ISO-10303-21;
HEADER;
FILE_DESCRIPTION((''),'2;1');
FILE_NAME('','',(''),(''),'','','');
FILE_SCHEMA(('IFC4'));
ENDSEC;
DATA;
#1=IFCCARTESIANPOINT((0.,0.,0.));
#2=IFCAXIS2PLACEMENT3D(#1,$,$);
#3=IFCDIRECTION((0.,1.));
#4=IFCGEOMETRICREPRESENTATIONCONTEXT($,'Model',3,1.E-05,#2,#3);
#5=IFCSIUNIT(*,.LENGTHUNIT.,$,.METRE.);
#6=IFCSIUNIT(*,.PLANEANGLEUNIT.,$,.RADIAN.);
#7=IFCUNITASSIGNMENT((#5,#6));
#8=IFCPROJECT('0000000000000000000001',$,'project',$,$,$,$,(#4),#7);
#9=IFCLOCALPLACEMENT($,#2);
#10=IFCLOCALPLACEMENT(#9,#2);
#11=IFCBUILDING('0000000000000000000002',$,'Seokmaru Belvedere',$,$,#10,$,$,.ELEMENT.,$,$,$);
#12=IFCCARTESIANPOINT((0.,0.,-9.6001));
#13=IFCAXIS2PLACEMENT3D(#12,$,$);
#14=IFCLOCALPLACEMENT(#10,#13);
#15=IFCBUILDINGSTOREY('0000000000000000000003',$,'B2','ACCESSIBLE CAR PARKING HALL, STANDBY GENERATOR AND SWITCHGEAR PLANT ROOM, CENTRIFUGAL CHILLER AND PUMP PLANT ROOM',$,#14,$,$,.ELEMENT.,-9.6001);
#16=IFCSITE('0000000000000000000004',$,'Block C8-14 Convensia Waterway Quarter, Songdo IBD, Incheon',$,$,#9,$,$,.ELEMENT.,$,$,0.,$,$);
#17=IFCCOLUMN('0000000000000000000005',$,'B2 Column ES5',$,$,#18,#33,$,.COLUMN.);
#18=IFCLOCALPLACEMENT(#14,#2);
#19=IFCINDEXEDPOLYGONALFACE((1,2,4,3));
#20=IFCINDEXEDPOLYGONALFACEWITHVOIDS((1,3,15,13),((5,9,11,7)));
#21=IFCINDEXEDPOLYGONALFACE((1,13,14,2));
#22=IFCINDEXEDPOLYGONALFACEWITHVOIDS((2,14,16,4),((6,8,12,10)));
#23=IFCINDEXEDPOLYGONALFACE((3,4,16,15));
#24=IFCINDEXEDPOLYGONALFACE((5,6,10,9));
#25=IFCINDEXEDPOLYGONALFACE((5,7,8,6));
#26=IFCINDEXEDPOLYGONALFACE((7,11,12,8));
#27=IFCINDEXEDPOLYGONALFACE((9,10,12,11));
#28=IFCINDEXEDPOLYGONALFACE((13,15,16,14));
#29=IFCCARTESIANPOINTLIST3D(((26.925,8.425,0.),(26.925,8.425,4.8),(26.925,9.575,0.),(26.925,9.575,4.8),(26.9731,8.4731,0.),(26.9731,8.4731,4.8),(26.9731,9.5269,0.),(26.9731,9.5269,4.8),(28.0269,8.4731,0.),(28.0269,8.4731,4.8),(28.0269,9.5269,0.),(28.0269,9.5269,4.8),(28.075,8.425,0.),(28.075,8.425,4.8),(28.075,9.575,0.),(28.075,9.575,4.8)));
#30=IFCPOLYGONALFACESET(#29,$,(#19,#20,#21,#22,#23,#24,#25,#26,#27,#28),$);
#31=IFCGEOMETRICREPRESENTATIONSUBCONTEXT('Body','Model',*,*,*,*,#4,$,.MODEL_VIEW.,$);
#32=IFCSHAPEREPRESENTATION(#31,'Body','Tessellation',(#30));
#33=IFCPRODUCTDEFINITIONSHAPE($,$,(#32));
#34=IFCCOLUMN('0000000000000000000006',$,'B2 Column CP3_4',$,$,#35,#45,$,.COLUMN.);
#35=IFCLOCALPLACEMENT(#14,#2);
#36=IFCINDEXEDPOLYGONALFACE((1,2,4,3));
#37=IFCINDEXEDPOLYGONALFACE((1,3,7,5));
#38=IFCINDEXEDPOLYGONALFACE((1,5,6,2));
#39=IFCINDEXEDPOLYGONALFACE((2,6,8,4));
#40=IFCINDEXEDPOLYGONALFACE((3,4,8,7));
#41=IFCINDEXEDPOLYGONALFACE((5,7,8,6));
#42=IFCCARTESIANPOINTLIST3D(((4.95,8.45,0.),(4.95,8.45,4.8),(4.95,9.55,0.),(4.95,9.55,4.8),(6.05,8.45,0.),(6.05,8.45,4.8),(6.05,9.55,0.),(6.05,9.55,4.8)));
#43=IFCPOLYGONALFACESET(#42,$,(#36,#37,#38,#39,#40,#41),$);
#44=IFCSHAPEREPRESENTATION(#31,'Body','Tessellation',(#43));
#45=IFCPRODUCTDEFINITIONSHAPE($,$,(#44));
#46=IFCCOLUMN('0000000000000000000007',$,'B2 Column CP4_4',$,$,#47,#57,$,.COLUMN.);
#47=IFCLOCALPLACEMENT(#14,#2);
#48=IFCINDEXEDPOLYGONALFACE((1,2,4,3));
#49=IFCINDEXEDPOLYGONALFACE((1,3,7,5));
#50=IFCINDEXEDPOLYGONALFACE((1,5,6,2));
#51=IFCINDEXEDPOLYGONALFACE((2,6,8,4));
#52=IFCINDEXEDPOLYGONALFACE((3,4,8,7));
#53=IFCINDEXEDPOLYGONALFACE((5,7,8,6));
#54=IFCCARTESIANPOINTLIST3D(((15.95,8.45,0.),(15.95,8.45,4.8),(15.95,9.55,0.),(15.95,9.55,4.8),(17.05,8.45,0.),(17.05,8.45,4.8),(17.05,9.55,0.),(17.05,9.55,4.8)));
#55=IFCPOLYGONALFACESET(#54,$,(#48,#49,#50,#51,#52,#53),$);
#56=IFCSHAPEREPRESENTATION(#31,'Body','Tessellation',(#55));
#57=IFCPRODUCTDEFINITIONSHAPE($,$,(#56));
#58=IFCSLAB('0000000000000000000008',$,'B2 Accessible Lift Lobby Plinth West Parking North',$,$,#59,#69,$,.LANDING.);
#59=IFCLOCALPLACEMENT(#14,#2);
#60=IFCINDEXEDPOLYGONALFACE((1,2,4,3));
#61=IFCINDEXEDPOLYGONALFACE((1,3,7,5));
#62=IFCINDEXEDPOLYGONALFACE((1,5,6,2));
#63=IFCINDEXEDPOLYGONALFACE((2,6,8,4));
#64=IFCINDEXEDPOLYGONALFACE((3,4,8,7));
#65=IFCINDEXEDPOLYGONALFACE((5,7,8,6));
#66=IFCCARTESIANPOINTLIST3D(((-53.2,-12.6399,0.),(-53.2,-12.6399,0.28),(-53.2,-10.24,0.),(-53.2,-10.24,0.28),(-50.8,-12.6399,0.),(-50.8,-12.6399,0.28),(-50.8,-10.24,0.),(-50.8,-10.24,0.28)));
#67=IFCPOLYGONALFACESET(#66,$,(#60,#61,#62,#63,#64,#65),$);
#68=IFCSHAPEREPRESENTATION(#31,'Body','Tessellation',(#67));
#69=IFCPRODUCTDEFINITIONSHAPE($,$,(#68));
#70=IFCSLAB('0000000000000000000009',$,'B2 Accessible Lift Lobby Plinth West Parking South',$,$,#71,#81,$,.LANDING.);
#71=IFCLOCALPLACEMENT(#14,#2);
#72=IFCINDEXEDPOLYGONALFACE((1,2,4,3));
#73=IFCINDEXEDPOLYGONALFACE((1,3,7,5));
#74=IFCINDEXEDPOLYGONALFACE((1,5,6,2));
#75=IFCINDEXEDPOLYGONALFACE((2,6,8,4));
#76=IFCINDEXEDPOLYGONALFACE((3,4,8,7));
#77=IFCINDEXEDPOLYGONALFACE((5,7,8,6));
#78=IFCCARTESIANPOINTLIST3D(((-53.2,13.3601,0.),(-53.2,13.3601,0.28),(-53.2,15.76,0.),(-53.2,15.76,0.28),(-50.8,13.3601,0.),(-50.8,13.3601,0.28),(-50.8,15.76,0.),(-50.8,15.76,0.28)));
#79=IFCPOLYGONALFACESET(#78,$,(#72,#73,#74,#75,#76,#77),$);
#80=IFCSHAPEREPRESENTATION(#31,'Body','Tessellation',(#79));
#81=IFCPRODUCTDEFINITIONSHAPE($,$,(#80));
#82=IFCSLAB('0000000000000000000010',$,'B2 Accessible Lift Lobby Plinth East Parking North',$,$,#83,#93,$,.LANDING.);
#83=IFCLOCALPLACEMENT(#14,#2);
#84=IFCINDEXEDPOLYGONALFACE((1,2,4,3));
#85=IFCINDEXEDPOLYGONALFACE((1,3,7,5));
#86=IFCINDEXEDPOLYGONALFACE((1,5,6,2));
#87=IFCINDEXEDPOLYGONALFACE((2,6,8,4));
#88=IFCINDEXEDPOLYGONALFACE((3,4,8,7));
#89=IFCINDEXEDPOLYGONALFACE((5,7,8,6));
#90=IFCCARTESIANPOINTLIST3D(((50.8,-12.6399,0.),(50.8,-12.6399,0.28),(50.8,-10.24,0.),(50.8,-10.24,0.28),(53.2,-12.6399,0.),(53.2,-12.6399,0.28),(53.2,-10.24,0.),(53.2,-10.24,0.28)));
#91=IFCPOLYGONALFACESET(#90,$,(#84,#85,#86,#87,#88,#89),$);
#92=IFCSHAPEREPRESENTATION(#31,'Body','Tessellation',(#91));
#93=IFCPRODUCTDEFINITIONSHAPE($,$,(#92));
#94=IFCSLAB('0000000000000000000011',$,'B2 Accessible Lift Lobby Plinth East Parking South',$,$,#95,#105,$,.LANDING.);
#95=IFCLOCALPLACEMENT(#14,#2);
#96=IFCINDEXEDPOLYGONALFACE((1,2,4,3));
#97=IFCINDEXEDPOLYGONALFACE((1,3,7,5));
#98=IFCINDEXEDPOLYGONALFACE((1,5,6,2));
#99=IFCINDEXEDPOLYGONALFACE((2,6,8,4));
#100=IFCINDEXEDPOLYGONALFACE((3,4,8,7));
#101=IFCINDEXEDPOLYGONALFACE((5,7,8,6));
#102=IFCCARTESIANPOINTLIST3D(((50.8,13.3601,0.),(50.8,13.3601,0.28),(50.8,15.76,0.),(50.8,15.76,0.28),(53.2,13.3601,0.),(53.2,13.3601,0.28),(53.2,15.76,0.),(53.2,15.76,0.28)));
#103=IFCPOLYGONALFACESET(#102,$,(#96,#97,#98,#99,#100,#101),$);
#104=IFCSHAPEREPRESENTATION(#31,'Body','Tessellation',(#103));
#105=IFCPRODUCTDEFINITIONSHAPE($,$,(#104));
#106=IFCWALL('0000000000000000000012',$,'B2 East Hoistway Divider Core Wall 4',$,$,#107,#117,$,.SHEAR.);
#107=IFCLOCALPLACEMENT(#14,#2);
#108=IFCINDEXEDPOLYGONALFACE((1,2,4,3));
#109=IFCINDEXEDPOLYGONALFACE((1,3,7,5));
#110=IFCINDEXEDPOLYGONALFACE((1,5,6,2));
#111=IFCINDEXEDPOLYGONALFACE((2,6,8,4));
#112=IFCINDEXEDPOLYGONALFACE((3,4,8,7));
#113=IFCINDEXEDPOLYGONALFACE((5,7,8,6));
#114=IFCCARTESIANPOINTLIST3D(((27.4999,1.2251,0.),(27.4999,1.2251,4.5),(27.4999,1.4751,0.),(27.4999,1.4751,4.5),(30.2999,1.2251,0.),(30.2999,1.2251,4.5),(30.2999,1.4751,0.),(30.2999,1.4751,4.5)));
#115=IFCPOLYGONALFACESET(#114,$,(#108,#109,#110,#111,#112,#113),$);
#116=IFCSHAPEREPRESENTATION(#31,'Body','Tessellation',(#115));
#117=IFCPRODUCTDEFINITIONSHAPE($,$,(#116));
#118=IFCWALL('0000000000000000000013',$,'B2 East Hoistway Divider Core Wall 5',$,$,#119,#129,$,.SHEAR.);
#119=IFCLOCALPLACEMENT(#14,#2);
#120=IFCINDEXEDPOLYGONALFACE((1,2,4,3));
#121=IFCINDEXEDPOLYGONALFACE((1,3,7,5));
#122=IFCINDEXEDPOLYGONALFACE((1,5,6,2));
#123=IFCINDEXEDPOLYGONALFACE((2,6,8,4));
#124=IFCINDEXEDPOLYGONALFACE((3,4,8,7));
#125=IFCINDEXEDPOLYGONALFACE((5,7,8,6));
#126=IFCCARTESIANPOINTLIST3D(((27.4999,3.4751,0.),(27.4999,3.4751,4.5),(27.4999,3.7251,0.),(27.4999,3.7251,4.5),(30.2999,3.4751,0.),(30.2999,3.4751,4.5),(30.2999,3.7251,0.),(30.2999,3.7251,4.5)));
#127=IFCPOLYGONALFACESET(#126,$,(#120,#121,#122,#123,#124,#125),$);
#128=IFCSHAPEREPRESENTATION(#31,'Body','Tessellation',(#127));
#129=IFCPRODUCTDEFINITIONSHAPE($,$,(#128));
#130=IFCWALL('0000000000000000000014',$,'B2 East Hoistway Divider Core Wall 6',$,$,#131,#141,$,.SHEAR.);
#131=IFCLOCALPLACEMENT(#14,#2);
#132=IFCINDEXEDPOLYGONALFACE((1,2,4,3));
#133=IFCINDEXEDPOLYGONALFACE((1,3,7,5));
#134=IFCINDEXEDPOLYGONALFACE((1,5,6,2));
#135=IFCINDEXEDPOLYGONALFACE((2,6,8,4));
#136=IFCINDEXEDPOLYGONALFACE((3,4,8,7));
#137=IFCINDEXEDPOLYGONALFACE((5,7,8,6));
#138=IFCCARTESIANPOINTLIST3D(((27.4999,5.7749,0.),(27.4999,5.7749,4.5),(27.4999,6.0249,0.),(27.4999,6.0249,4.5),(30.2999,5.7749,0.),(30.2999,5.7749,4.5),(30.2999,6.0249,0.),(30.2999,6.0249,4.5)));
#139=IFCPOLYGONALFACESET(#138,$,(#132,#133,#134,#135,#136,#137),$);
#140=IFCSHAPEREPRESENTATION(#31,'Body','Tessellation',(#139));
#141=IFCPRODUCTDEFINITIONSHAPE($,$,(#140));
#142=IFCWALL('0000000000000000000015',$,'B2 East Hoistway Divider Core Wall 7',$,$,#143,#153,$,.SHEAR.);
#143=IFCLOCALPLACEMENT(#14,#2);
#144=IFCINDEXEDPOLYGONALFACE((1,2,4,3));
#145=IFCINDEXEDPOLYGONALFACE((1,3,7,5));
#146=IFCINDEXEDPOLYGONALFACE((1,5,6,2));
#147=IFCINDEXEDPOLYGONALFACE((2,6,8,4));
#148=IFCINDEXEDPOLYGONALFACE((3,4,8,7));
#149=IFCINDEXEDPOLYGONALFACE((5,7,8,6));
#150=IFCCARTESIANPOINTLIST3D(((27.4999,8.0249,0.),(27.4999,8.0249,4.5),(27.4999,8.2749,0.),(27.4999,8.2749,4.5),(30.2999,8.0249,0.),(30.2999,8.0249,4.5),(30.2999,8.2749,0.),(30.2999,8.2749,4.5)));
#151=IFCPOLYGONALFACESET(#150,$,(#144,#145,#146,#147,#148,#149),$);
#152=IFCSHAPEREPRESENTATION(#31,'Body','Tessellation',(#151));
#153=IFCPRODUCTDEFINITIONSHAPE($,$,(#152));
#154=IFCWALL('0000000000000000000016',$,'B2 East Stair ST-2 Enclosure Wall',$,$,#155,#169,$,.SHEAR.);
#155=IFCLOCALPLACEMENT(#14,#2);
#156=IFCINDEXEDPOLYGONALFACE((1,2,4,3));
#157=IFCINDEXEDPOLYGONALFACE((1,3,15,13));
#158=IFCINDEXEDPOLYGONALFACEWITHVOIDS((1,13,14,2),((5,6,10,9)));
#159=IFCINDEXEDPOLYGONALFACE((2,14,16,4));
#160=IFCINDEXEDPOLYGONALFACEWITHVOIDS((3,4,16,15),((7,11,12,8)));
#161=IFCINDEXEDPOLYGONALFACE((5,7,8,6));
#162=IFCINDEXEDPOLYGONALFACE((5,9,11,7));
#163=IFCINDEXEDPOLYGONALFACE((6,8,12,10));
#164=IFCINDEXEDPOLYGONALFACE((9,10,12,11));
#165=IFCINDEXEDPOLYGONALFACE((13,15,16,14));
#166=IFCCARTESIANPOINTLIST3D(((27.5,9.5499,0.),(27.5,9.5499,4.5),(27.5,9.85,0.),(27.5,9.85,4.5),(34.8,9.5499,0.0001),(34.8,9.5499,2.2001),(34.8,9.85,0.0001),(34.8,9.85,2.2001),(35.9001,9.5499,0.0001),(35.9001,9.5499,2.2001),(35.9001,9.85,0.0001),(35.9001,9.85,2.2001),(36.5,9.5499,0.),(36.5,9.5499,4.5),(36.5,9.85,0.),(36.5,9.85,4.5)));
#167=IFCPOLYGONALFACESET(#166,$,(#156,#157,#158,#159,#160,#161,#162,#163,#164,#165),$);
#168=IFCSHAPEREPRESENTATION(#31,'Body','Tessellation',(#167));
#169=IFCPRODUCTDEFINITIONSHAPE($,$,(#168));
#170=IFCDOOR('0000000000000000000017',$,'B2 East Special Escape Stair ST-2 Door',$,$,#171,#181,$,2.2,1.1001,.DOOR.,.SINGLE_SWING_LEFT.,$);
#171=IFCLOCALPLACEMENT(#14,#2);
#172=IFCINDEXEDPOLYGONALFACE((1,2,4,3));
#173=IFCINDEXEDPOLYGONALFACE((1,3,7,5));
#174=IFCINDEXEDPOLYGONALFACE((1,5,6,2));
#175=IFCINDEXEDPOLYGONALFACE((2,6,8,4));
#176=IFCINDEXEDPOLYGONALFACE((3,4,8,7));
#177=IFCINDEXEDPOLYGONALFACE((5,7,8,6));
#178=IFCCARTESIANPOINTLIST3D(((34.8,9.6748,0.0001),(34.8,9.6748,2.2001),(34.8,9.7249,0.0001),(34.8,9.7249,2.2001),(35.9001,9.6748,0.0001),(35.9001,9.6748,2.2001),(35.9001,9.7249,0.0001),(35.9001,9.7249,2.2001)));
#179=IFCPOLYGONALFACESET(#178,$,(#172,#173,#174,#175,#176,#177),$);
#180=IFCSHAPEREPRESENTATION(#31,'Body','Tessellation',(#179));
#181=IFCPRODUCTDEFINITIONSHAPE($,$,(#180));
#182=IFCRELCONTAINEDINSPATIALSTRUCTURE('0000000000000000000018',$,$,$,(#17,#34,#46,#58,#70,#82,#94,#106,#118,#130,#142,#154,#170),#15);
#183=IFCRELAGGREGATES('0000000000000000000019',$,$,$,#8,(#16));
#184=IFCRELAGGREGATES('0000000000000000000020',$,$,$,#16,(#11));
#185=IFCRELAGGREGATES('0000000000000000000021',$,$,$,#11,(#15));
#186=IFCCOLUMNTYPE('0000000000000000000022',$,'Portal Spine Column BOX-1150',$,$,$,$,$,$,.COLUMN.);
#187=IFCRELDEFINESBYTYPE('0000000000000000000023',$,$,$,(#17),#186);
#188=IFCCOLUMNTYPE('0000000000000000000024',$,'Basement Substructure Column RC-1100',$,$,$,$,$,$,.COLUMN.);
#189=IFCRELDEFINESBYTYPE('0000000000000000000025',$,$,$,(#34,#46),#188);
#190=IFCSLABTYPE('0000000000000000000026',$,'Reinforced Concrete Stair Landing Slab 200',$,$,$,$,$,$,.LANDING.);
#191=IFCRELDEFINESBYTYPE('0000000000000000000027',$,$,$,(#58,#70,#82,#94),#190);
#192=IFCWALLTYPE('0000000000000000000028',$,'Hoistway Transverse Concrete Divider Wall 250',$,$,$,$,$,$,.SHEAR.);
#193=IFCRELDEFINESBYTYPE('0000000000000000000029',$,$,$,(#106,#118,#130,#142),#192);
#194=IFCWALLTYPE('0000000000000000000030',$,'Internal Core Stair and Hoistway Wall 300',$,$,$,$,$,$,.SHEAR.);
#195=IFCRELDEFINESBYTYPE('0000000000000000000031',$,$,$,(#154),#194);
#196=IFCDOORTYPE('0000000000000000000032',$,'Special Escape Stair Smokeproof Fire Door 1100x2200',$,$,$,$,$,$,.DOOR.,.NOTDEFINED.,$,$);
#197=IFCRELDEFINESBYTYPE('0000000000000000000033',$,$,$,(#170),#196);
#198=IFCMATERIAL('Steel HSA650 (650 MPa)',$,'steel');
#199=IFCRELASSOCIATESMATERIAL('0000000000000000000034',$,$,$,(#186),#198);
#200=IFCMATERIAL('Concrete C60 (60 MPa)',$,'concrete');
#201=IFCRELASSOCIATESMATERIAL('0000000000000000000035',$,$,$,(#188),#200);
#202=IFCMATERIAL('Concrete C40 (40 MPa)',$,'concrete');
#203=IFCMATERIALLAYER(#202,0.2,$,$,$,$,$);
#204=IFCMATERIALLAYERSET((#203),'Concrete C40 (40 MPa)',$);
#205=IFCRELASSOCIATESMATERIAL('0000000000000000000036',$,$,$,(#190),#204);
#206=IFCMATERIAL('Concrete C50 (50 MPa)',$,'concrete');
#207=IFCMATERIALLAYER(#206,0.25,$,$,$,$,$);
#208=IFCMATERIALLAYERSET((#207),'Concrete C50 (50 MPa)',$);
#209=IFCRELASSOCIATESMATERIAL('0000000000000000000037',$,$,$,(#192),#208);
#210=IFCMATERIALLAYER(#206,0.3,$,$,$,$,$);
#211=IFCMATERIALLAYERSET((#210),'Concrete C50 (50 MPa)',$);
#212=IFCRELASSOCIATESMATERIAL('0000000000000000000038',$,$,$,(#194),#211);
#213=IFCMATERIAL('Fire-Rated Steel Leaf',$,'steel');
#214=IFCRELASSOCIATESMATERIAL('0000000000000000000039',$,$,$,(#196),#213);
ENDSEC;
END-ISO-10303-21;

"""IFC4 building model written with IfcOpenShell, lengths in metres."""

from ifc_helpers import new_model, si_unit, direction, frame, frame_2d, origin, origin_2d, place, context, subcontext, project, spatial, polyline, rectangle, hollow_rectangle, outline, extrude, source, transform, mapped, material, layer, layer_set, material_profile, profile_set, type_object, type_shapes, element, fill, save


model = new_model("IFC4")

# Units and contexts
model_context = context("Model", 3, precision=1e-05, world=origin(), true_north=direction((0.0, 1.0)))
body_context = subcontext(model_context, "Body", "Model", "MODEL_VIEW")
ifc_project = project(units=[si_unit("LENGTHUNIT", "METRE"), si_unit("PLANEANGLEUNIT", "RADIAN")], contexts=[model_context])

# Site, building, storey
site_placement = place(None, origin())
site = spatial("IfcSite", under=ifc_project, at=site_placement, Name="Block C8-14 Convensia Waterway Quarter, Songdo IBD, Incheon", CompositionType="ELEMENT", RefElevation=0.0)
building_placement = place(site_placement, origin())
building = spatial("IfcBuilding", under=site, at=building_placement, Name="Seokmaru Belvedere", CompositionType="ELEMENT")
storey_placement = place(building_placement, frame((0.0, 0.0, -9.6001)))
storey = spatial("IfcBuildingStorey", under=building, at=storey_placement, Name="B2", Description="ACCESSIBLE CAR PARKING HALL, STANDBY GENERATOR AND SWITCHGEAR PLANT ROOM, CENTRIFUGAL CHILLER AND PUMP PLANT ROOM", CompositionType="ELEMENT", Elevation=-9.6001)

# Shared definitions
ifc_material_1 = material(Name="Concrete C50 (50 MPa)", Category="concrete")

# Columns
ifc_material_2 = material(Name="Steel HSA650 (650 MPa)", Category="steel")
ifc_material_profile_1 = material_profile(ifc_material_2, hollow_rectangle(XDim=1.1499, YDim=1.1499, WallThickness=0.0481, at=origin_2d()), Name="BOX-1150x1150x48")
ifc_profile_set_1 = profile_set([ifc_material_profile_1], Name="Steel HSA650 (650 MPa)")
column_type_1 = type_object("IfcColumnType", Name="Portal Spine Column BOX-1150", PredefinedType="COLUMN", material=ifc_profile_set_1)
shared_shape_1 = source(origin(), body_context, "Body", "SweptSolid", [
    extrude(hollow_rectangle(XDim=1.1499, YDim=1.1499, WallThickness=0.0481, at=origin_2d()), origin(), (0.0, 0.0, 1.0), 4.8),
])
type_shapes(column_type_1, [shared_shape_1])
for number, where, z_axis, x_axis, name in (
    (1, (27.5, 9.0, 0.0), (0.0, 0.0, 1.0), (1.0, 0.0, 0.0), "B2 Column ES5"),
):
    element("IfcColumn", number, at=place(storey_placement, frame(where, z_axis=z_axis, x_axis=x_axis)), inside=storey, type_object=column_type_1, Name=name, PredefinedType="COLUMN", context=body_context, shape_type="MappedRepresentation", body=[
        mapped(shared_shape_1, transform((0.0, 0.0, 0.0), scale=1.0)),
    ])
ifc_material_3 = material(Name="Concrete C60 (60 MPa)", Category="concrete")
ifc_material_profile_2 = material_profile(ifc_material_3, rectangle(XDim=1.1001, YDim=1.1001, at=origin_2d()), Name="RC-1100x1100")
ifc_profile_set_2 = profile_set([ifc_material_profile_2], Name="Concrete C60 (60 MPa)")
column_type_2 = type_object("IfcColumnType", Name="Basement Substructure Column RC-1100", PredefinedType="COLUMN", material=ifc_profile_set_2)
shared_shape_2 = source(origin(), body_context, "Body", "SweptSolid", [
    extrude(rectangle(XDim=1.1001, YDim=1.1001, at=origin_2d()), origin(), (0.0, 0.0, 1.0), 4.8),
])
type_shapes(column_type_2, [shared_shape_2])
for number, where, z_axis, x_axis, name in (
    (2, (5.5, 9.0, 0.0), (0.0, 0.0, 1.0), (1.0, 0.0, 0.0), "B2 Column CP3_4"),
    (3, (16.5, 9.0, 0.0), (0.0, 0.0, 1.0), (1.0, 0.0, 0.0), "B2 Column CP4_4"),
):
    element("IfcColumn", number, at=place(storey_placement, frame(where, z_axis=z_axis, x_axis=x_axis)), inside=storey, type_object=column_type_2, Name=name, PredefinedType="COLUMN", context=body_context, shape_type="MappedRepresentation", body=[
        mapped(shared_shape_2, transform((0.0, 0.0, 0.0), scale=1.0)),
    ])

# Slabs
ifc_material_4 = material(Name="Concrete C40 (40 MPa)", Category="concrete")
ifc_layer_1 = layer(ifc_material_4, 0.2)
ifc_layer_set_1 = layer_set([ifc_layer_1], Name="Concrete C40 (40 MPa)")
slab_type = type_object("IfcSlabType", Name="Reinforced Concrete Stair Landing Slab 200", PredefinedType="LANDING", material=ifc_layer_set_1)
slab_1_placement = place(storey_placement, origin())
element("IfcSlab", 4, at=slab_1_placement, inside=storey, type_object=slab_type, Name="B2 Accessible Lift Lobby Plinth West Parking North", PredefinedType="LANDING", context=body_context, shape_type="SweptSolid", body=[
    extrude(outline(polyline([(-53.2, -12.6399), (-50.8, -12.6399), (-50.8, -10.24), (-53.2, -10.24), (-53.2, -12.6399)])), origin(), (0.0, 0.0, 1.0), 0.28),
])
slab_2_placement = place(storey_placement, origin())
element("IfcSlab", 5, at=slab_2_placement, inside=storey, type_object=slab_type, Name="B2 Accessible Lift Lobby Plinth West Parking South", PredefinedType="LANDING", context=body_context, shape_type="SweptSolid", body=[
    extrude(outline(polyline([(-53.2, 13.3601), (-50.8, 13.3601), (-50.8, 15.76), (-53.2, 15.76), (-53.2, 13.3601)])), origin(), (0.0, 0.0, 1.0), 0.28),
])
slab_3_placement = place(storey_placement, origin())
element("IfcSlab", 6, at=slab_3_placement, inside=storey, type_object=slab_type, Name="B2 Accessible Lift Lobby Plinth East Parking North", PredefinedType="LANDING", context=body_context, shape_type="SweptSolid", body=[
    extrude(outline(polyline([(50.8, -12.6399), (53.2, -12.6399), (53.2, -10.24), (50.8, -10.24), (50.8, -12.6399)])), origin(), (0.0, 0.0, 1.0), 0.28),
])
slab_4_placement = place(storey_placement, origin())
element("IfcSlab", 7, at=slab_4_placement, inside=storey, type_object=slab_type, Name="B2 Accessible Lift Lobby Plinth East Parking South", PredefinedType="LANDING", context=body_context, shape_type="SweptSolid", body=[
    extrude(outline(polyline([(50.8, 13.3601), (53.2, 13.3601), (53.2, 15.76), (50.8, 15.76), (50.8, 13.3601)])), origin(), (0.0, 0.0, 1.0), 0.28),
])

# Walls
ifc_layer_2 = layer(ifc_material_1, 0.25)
ifc_layer_set_2 = layer_set([ifc_layer_2], Name="Concrete C50 (50 MPa)")
wall_type_1 = type_object("IfcWallType", Name="Hoistway Transverse Concrete Divider Wall 250", PredefinedType="SHEAR", material=ifc_layer_set_2)
for number, where, z_axis, x_axis, name in (
    (8, (27.5, 1.3501, 0.0), (0.0, 0.0, 1.0), (1.0, 0.0, 0.0), "B2 East Hoistway Divider Core Wall 4"),
    (9, (27.5, 3.6001, 0.0), (0.0, 0.0, 1.0), (1.0, 0.0, 0.0), "B2 East Hoistway Divider Core Wall 5"),
    (10, (27.5, 5.8999, 0.0), (0.0, 0.0, 1.0), (1.0, 0.0, 0.0), "B2 East Hoistway Divider Core Wall 6"),
    (11, (27.5, 8.1499, 0.0), (0.0, 0.0, 1.0), (1.0, 0.0, 0.0), "B2 East Hoistway Divider Core Wall 7"),
):
    element("IfcWall", number, at=place(storey_placement, frame(where, z_axis=z_axis, x_axis=x_axis)), inside=storey, type_object=wall_type_1, Name=name, PredefinedType="SHEAR", context=body_context, shape_type="SweptSolid", body=[
        extrude(rectangle(XDim=2.8, YDim=0.25, at=frame_2d((1.3999, 0.0))), origin(), (0.0, 0.0, 1.0), 4.5),
    ])

# Wall, opening, door
ifc_layer_3 = layer(ifc_material_1, 0.3)
ifc_layer_set_3 = layer_set([ifc_layer_3], Name="Concrete C50 (50 MPa)")
wall_type_2 = type_object("IfcWallType", Name="Internal Core Stair and Hoistway Wall 300", PredefinedType="SHEAR", material=ifc_layer_set_3)
wall_1_placement = place(storey_placement, frame((27.5, 9.7, 0.0), z_axis=(0.0, 0.0, 1.0), x_axis=(1.0, 0.0, 0.0)))
wall_1 = element("IfcWall", 12, at=wall_1_placement, inside=storey, type_object=wall_type_2, Name="B2 East Stair ST-2 Enclosure Wall", PredefinedType="SHEAR", context=body_context, shape_type="SweptSolid", body=[
    extrude(rectangle(XDim=9.0, YDim=0.3, at=frame_2d((4.5, 0.0))), origin(), (0.0, 0.0, 1.0), 4.5),
])
opening_placement = place(wall_1_placement, frame((7.3, 0.0, 0.0)))
opening = element("IfcOpeningElement", 13, at=opening_placement, cuts=wall_1, PredefinedType="OPENING", context=body_context, shape_type="SweptSolid", body=[
    extrude(rectangle(XDim=1.1001, YDim=2.2, at=frame_2d((0.55, 1.1001))), frame((0.0, 0.1602, 0.0), z_axis=(0.0, -1.0, 0.0), x_axis=(1.0, 0.0, 0.0)), (0.0, 0.0, 1.0), 0.3201),
])
ifc_material_5 = material(Name="Fire-Rated Steel Leaf", Category="steel")
door_type = type_object("IfcDoorType", Name="Special Escape Stair Smokeproof Fire Door 1100x2200", OperationType="NOTDEFINED", PredefinedType="DOOR", material=ifc_material_5)
shared_shape_3 = source(origin(), body_context, "Body", "SweptSolid", [
    extrude(rectangle(XDim=1.1001, YDim=2.2, at=frame_2d((0.55, 1.1001))), frame((0.0, 0.0249, 0.0), z_axis=(0.0, -1.0, 0.0), x_axis=(1.0, 0.0, 0.0)), (0.0, 0.0, 1.0), 0.05),
])
type_shapes(door_type, [shared_shape_3])
door_placement = place(opening_placement, origin())
door = element("IfcDoor", 14, at=door_placement, inside=storey, type_object=door_type, Name="B2 East Special Escape Stair ST-2 Door", OperationType="SINGLE_SWING_LEFT", OverallHeight=2.2, OverallWidth=1.1001, PredefinedType="DOOR", context=body_context, shape_type="MappedRepresentation", body=[
    mapped(shared_shape_3, transform((0.0, 0.0, 0.0), scale=1.0)),
])
fill(opening, door)

save(model, "model.ifc")
